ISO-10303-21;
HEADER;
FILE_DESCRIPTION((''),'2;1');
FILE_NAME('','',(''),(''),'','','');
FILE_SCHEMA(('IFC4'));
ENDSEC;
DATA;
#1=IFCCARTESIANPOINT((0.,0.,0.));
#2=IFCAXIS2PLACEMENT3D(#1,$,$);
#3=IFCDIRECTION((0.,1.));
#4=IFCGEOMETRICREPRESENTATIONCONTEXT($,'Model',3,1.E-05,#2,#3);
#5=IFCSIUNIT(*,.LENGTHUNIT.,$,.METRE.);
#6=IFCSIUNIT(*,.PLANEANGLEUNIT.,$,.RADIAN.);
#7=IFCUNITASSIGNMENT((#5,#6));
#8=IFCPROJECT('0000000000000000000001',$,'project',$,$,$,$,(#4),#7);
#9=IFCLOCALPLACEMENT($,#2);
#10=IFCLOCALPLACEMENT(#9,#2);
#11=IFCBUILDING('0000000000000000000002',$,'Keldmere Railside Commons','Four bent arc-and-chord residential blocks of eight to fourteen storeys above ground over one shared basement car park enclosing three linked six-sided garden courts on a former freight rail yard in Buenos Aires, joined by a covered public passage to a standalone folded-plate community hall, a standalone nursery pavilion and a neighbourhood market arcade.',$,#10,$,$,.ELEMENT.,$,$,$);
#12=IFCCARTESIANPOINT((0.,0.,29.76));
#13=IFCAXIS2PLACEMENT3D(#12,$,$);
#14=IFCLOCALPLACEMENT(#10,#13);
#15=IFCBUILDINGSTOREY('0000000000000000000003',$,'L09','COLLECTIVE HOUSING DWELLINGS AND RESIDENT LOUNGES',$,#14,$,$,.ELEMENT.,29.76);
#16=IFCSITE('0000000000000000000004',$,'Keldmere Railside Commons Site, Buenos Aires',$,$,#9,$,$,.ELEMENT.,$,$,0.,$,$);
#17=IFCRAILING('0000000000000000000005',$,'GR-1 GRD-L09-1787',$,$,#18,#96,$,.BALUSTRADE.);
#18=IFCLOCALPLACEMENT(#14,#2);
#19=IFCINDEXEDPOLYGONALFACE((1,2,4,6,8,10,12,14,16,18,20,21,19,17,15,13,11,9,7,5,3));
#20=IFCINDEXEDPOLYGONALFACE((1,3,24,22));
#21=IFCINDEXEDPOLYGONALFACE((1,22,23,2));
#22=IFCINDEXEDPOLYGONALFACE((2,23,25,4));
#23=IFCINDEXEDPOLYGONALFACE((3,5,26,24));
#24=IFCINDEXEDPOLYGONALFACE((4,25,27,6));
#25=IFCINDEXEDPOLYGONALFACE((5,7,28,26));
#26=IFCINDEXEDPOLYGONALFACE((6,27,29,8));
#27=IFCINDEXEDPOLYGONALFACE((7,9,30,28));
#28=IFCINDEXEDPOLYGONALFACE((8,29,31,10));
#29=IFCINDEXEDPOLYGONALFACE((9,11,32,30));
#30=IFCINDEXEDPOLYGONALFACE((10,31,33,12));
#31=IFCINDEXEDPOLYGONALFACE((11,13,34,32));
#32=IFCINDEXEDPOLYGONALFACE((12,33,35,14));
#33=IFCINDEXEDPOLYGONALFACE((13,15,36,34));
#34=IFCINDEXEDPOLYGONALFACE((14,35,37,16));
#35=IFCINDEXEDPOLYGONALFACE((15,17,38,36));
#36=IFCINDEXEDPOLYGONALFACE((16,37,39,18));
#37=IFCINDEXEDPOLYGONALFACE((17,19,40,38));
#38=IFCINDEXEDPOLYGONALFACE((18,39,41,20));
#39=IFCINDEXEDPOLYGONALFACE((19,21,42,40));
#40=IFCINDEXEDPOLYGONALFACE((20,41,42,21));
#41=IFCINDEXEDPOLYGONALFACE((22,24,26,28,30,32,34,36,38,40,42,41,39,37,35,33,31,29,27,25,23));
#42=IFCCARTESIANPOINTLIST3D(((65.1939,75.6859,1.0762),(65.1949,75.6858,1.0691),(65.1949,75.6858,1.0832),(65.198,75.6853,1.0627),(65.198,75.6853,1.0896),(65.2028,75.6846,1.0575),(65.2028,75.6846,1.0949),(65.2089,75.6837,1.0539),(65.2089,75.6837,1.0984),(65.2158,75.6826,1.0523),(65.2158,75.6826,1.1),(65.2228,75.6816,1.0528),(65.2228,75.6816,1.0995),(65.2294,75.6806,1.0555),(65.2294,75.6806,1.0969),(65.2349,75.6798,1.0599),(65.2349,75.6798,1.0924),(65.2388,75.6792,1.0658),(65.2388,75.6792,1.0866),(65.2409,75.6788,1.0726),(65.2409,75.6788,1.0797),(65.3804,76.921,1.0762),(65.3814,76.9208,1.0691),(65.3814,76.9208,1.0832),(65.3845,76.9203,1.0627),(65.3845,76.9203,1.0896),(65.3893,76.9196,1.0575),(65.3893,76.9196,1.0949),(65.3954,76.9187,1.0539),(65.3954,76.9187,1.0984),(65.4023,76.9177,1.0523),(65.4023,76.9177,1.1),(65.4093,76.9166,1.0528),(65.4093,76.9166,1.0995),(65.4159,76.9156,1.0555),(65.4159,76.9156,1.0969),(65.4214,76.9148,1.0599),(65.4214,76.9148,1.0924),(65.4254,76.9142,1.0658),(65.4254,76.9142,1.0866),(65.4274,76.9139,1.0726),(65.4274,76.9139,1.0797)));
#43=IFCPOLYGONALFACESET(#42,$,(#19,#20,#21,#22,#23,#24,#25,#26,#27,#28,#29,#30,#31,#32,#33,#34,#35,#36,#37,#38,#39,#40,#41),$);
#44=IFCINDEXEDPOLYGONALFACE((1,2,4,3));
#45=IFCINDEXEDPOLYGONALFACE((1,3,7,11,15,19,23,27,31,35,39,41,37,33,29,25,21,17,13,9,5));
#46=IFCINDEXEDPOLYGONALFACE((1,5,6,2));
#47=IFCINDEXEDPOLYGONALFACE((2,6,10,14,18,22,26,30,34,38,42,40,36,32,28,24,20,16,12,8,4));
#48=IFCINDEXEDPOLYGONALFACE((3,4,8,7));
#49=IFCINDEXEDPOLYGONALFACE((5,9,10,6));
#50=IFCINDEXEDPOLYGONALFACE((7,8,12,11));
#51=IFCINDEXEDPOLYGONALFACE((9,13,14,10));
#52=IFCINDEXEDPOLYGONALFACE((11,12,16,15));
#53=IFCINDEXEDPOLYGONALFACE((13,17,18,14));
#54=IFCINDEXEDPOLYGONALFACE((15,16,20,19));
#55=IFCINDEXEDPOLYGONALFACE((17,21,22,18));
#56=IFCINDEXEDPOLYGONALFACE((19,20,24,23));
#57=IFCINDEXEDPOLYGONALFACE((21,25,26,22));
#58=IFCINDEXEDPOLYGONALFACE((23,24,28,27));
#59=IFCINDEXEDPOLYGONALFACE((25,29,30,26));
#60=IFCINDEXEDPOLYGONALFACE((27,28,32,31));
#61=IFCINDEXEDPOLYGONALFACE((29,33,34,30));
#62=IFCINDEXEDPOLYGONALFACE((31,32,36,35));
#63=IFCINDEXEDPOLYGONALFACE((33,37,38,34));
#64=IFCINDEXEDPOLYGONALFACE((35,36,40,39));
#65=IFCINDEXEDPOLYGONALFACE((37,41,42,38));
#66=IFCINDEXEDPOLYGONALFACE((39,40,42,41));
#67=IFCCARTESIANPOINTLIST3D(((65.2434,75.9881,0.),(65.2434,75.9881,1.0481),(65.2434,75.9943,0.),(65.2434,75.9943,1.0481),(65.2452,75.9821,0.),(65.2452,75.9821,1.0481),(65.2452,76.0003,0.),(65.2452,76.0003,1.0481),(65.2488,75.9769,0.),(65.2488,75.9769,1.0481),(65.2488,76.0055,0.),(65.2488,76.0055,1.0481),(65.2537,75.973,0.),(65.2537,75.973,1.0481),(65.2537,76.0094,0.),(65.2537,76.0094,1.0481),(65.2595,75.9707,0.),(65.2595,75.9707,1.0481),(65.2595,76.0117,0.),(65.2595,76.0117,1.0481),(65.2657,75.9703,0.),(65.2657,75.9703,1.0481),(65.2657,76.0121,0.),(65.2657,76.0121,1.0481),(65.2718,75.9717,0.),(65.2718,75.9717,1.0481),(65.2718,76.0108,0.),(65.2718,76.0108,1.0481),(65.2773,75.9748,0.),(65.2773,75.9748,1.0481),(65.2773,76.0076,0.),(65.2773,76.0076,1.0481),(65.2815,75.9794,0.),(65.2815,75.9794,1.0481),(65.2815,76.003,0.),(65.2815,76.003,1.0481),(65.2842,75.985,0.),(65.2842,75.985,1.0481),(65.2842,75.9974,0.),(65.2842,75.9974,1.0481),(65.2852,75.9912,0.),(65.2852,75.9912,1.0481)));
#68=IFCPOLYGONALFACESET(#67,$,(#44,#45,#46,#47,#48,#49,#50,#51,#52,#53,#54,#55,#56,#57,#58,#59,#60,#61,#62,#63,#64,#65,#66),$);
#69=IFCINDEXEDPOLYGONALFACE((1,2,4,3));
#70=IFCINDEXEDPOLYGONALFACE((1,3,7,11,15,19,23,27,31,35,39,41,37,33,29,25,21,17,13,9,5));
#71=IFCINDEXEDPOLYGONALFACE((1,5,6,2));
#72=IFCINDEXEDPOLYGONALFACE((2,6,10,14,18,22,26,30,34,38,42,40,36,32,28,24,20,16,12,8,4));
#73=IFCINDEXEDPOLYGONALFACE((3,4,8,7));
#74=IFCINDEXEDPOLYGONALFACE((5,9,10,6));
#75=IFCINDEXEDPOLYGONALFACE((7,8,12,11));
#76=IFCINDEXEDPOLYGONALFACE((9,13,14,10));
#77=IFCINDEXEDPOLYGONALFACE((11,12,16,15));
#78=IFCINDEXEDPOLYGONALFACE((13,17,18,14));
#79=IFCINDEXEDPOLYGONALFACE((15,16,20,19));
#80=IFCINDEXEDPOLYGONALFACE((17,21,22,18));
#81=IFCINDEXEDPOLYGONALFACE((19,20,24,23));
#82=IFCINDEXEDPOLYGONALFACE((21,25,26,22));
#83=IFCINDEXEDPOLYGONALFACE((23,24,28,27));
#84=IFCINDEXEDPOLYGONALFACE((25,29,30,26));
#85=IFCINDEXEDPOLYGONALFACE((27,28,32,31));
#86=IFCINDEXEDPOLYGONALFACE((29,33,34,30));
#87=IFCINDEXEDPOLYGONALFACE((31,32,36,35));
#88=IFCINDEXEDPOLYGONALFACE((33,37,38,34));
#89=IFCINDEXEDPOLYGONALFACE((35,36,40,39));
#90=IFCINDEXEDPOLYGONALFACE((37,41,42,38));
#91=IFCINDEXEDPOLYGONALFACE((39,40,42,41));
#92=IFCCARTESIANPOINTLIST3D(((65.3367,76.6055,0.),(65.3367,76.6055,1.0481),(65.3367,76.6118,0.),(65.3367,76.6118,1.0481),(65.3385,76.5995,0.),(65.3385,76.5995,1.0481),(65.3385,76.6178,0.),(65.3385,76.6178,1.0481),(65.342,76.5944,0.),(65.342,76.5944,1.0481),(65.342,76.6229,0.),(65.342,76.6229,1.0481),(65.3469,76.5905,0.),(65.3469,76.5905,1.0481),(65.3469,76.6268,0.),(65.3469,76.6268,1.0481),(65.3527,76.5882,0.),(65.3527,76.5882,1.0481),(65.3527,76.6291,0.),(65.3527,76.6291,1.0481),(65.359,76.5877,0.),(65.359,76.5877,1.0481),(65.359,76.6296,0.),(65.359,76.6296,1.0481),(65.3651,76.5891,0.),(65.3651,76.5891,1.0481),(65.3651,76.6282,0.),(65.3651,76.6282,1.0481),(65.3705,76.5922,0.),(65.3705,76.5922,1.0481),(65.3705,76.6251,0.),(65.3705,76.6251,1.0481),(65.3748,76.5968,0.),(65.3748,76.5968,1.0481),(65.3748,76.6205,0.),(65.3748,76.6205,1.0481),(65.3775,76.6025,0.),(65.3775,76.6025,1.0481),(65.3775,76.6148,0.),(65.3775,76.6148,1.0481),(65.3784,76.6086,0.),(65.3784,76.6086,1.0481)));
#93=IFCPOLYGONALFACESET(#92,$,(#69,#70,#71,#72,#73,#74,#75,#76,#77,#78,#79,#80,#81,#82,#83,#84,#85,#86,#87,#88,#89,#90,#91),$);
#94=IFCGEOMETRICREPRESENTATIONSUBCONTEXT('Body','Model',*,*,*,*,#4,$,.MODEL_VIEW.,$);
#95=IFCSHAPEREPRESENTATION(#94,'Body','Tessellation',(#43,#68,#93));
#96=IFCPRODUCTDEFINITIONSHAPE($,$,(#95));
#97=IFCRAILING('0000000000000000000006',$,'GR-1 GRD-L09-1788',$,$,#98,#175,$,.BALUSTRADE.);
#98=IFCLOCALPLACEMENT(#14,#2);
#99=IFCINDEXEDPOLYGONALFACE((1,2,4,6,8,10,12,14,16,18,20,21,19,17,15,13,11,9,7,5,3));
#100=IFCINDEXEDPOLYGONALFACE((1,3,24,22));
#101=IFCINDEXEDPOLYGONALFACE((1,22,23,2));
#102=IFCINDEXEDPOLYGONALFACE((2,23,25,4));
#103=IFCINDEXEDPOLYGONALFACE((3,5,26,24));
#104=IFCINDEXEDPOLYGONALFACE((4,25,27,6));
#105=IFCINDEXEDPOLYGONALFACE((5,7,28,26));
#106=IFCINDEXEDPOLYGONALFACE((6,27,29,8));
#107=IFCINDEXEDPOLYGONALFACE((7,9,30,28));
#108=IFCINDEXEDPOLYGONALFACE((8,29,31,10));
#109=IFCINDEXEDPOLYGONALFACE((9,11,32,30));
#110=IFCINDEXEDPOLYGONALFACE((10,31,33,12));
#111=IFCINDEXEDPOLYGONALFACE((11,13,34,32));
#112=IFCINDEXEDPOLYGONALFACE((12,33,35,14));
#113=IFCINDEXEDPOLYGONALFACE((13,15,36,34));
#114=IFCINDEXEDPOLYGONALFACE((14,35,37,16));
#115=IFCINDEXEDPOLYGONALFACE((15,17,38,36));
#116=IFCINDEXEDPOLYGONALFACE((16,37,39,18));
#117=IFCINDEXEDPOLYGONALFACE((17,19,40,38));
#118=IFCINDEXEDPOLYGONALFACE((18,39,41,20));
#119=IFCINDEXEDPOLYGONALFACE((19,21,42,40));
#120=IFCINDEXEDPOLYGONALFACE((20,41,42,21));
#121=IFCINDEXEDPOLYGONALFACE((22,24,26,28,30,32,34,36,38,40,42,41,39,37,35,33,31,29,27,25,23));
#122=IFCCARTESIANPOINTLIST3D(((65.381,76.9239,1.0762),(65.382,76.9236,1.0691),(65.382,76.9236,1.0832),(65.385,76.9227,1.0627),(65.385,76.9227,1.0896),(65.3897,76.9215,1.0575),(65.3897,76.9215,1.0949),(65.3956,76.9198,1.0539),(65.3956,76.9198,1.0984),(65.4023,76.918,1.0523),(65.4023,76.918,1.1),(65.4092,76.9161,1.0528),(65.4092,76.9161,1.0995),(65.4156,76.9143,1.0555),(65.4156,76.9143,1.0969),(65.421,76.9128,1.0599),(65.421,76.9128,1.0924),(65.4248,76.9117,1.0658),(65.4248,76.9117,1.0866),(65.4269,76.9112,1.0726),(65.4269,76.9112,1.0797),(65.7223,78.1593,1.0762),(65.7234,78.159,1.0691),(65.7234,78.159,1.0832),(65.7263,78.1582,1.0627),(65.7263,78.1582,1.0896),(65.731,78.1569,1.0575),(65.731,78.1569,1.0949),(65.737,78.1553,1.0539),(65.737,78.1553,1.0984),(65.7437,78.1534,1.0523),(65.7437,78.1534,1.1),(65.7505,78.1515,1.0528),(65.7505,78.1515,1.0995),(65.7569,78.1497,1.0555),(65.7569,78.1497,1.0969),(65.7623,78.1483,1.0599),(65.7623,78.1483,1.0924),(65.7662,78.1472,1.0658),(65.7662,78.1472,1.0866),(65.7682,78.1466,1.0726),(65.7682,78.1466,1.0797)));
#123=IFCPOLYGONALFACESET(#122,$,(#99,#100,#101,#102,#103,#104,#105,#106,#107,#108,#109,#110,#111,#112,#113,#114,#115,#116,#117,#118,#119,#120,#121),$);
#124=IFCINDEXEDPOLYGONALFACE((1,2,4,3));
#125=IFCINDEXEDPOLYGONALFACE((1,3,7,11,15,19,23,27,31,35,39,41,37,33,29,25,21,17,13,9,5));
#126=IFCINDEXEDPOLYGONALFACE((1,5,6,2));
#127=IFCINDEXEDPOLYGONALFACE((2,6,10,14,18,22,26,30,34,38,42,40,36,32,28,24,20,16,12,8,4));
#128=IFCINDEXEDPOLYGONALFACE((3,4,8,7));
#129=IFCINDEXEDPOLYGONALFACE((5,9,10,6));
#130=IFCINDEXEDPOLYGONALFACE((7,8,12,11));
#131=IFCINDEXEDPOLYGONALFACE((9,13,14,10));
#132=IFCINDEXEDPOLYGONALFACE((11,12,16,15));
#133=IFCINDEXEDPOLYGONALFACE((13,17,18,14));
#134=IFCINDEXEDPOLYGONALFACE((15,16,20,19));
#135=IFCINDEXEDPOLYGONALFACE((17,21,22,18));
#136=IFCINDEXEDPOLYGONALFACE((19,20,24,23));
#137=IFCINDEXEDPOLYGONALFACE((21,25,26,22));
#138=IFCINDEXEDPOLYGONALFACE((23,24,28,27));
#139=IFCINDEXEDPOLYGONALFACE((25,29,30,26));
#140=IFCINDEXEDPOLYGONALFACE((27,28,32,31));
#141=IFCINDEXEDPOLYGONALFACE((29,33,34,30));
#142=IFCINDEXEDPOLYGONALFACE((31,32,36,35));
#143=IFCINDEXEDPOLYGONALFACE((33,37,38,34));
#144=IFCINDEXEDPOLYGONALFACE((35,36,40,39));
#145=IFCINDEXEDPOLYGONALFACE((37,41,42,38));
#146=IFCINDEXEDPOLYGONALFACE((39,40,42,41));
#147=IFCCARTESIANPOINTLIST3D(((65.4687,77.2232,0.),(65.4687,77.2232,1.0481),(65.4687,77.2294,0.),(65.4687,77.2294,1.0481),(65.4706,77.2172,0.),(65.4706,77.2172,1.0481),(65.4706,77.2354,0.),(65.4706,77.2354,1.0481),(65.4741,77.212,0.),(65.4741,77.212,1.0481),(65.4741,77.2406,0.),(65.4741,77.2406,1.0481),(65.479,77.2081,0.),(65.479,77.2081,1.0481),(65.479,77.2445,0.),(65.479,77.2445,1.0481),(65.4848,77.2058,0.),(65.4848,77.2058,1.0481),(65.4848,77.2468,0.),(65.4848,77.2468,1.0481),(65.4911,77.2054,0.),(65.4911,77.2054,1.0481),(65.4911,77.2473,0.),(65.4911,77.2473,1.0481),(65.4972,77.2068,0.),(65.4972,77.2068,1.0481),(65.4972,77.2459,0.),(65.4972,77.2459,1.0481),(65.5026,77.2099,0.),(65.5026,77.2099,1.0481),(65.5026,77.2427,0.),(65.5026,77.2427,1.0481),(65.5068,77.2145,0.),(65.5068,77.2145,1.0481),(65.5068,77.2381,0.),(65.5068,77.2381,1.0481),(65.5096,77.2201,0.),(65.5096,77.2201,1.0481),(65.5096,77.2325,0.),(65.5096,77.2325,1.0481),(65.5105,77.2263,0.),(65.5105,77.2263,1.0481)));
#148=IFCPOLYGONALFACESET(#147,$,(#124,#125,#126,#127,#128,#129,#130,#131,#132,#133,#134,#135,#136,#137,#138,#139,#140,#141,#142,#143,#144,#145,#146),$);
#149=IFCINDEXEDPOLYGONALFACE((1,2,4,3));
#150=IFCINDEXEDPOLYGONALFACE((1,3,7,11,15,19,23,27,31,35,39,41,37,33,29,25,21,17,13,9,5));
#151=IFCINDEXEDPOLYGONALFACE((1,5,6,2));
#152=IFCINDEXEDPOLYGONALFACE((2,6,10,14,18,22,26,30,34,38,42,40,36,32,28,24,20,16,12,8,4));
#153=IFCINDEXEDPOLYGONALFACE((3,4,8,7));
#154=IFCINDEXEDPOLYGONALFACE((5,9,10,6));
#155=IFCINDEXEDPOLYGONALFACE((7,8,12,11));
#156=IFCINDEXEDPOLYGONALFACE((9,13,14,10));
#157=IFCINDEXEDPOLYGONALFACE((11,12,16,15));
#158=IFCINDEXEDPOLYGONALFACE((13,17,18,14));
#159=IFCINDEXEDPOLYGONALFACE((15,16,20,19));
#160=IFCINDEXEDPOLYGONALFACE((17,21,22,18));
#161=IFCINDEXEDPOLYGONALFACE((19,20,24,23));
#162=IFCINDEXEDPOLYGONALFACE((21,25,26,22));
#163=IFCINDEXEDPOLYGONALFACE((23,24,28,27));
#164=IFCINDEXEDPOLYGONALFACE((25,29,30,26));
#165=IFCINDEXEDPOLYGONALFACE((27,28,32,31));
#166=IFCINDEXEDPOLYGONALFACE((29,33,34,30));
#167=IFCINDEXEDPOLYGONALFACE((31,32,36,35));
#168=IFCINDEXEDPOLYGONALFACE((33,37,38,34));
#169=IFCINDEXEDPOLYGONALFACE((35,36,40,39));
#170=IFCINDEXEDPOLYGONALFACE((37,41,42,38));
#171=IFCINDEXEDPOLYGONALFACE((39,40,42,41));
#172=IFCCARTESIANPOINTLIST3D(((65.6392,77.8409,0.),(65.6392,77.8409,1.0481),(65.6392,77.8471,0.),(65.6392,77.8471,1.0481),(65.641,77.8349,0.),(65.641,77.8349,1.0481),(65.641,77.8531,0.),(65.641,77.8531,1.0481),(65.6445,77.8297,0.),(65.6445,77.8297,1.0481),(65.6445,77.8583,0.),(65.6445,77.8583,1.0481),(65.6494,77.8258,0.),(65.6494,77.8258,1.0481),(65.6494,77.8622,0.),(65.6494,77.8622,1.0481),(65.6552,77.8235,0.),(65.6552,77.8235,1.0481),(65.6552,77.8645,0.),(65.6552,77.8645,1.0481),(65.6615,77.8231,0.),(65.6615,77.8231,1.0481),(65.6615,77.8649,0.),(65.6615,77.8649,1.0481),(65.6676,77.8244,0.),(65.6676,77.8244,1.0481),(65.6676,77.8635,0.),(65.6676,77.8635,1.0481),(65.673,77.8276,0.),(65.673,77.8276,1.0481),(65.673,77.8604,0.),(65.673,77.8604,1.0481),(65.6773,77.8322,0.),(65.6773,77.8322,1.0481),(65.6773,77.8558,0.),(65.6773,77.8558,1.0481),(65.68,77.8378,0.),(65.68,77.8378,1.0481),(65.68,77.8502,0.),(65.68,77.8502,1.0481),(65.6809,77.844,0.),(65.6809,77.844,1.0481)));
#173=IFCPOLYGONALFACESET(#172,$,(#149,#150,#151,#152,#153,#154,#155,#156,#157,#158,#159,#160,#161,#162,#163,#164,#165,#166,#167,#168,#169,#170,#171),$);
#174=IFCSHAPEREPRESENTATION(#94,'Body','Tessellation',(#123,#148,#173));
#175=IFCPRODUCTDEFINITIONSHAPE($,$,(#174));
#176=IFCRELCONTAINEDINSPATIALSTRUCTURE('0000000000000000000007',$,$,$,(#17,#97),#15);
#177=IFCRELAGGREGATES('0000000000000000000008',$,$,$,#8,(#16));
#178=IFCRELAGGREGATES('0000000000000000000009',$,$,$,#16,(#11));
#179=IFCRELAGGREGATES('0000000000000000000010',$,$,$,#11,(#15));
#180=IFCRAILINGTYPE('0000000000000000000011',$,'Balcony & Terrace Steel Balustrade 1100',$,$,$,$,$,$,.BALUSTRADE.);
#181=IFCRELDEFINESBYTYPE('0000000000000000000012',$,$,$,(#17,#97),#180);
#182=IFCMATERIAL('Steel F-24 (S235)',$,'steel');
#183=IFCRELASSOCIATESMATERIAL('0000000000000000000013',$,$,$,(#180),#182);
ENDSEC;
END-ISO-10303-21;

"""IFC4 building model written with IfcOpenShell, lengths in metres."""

from ifc_helpers import new_model, si_unit, direction, frame, origin, origin_2d, place, context, subcontext, project, spatial, circle, extrude, material, type_object, element, save


model = new_model("IFC4")

# Units and contexts
model_context = context("Model", 3, precision=1e-05, world=origin(), true_north=direction((0.0, 1.0)))
body_context = subcontext(model_context, "Body", "Model", "MODEL_VIEW")
ifc_project = project(units=[si_unit("LENGTHUNIT", "METRE"), si_unit("PLANEANGLEUNIT", "RADIAN")], contexts=[model_context])

# Site, building, storey
site_placement = place(None, origin())
site = spatial("IfcSite", under=ifc_project, at=site_placement, Name="Keldmere Railside Commons Site, Buenos Aires", CompositionType="ELEMENT", RefElevation=0.0)
building_placement = place(site_placement, origin())
building = spatial("IfcBuilding", under=site, at=building_placement, Name="Keldmere Railside Commons", Description="Four bent arc-and-chord residential blocks of eight to fourteen storeys above ground over one shared basement car park enclosing three linked six-sided garden courts on a former freight rail yard in Buenos Aires, joined by a covered public passage to a standalone folded-plate community hall, a standalone nursery pavilion and a neighbourhood market arcade.", CompositionType="ELEMENT")
storey_placement = place(building_placement, frame((0.0, 0.0, 29.76)))
storey = spatial("IfcBuildingStorey", under=building, at=storey_placement, Name="L09", Description="COLLECTIVE HOUSING DWELLINGS AND RESIDENT LOUNGES", CompositionType="ELEMENT", Elevation=29.76)

# Railings
ifc_material_1 = material(Name="Steel F-24 (S235)", Category="steel")
railing_type = type_object("IfcRailingType", Name="Balcony & Terrace Steel Balustrade 1100", PredefinedType="BALUSTRADE", material=ifc_material_1)
railing_1_placement = place(storey_placement, frame((65.2175, 75.6824, 0.0)))
element("IfcRailing", 1, at=railing_1_placement, inside=storey, type_object=railing_type, Name="GR-1 GRD-L09-1787", PredefinedType="BALUSTRADE", context=body_context, shape_type="SweptSolid", body=[
    extrude(circle(Radius=0.0239, at=origin_2d()), frame((0.0, 0.0, 1.0762), z_axis=(0.149325, 0.988788, 0.0), x_axis=(-0.988788, 0.149325, 0.0)), (0.0, 0.0, 1.0), 1.249),
    extrude(circle(Radius=0.021, at=origin_2d()), frame((0.0466, 0.3088, 0.0)), (0.0, 0.0, 1.0), 1.0481),
    extrude(circle(Radius=0.021, at=origin_2d()), frame((0.1399, 0.9263, 0.0)), (0.0, 0.0, 1.0), 1.0481),
])
railing_2_placement = place(storey_placement, frame((65.4041, 76.9175, 0.0)))
element("IfcRailing", 2, at=railing_2_placement, inside=storey, type_object=railing_type, Name="GR-1 GRD-L09-1788", PredefinedType="BALUSTRADE", context=body_context, shape_type="SweptSolid", body=[
    extrude(circle(Radius=0.0239, at=origin_2d()), frame((0.0, 0.0, 1.0762), z_axis=(0.266307, 0.963888, 0.0), x_axis=(-0.963888, 0.266307, 0.0)), (0.0, 0.0, 1.0), 1.2817),
    extrude(circle(Radius=0.021, at=origin_2d()), frame((0.0854, 0.3088, 0.0)), (0.0, 0.0, 1.0), 1.0481),
    extrude(circle(Radius=0.021, at=origin_2d()), frame((0.2559, 0.9265, 0.0)), (0.0, 0.0, 1.0), 1.0481),
])

save(model, "model.ifc")
